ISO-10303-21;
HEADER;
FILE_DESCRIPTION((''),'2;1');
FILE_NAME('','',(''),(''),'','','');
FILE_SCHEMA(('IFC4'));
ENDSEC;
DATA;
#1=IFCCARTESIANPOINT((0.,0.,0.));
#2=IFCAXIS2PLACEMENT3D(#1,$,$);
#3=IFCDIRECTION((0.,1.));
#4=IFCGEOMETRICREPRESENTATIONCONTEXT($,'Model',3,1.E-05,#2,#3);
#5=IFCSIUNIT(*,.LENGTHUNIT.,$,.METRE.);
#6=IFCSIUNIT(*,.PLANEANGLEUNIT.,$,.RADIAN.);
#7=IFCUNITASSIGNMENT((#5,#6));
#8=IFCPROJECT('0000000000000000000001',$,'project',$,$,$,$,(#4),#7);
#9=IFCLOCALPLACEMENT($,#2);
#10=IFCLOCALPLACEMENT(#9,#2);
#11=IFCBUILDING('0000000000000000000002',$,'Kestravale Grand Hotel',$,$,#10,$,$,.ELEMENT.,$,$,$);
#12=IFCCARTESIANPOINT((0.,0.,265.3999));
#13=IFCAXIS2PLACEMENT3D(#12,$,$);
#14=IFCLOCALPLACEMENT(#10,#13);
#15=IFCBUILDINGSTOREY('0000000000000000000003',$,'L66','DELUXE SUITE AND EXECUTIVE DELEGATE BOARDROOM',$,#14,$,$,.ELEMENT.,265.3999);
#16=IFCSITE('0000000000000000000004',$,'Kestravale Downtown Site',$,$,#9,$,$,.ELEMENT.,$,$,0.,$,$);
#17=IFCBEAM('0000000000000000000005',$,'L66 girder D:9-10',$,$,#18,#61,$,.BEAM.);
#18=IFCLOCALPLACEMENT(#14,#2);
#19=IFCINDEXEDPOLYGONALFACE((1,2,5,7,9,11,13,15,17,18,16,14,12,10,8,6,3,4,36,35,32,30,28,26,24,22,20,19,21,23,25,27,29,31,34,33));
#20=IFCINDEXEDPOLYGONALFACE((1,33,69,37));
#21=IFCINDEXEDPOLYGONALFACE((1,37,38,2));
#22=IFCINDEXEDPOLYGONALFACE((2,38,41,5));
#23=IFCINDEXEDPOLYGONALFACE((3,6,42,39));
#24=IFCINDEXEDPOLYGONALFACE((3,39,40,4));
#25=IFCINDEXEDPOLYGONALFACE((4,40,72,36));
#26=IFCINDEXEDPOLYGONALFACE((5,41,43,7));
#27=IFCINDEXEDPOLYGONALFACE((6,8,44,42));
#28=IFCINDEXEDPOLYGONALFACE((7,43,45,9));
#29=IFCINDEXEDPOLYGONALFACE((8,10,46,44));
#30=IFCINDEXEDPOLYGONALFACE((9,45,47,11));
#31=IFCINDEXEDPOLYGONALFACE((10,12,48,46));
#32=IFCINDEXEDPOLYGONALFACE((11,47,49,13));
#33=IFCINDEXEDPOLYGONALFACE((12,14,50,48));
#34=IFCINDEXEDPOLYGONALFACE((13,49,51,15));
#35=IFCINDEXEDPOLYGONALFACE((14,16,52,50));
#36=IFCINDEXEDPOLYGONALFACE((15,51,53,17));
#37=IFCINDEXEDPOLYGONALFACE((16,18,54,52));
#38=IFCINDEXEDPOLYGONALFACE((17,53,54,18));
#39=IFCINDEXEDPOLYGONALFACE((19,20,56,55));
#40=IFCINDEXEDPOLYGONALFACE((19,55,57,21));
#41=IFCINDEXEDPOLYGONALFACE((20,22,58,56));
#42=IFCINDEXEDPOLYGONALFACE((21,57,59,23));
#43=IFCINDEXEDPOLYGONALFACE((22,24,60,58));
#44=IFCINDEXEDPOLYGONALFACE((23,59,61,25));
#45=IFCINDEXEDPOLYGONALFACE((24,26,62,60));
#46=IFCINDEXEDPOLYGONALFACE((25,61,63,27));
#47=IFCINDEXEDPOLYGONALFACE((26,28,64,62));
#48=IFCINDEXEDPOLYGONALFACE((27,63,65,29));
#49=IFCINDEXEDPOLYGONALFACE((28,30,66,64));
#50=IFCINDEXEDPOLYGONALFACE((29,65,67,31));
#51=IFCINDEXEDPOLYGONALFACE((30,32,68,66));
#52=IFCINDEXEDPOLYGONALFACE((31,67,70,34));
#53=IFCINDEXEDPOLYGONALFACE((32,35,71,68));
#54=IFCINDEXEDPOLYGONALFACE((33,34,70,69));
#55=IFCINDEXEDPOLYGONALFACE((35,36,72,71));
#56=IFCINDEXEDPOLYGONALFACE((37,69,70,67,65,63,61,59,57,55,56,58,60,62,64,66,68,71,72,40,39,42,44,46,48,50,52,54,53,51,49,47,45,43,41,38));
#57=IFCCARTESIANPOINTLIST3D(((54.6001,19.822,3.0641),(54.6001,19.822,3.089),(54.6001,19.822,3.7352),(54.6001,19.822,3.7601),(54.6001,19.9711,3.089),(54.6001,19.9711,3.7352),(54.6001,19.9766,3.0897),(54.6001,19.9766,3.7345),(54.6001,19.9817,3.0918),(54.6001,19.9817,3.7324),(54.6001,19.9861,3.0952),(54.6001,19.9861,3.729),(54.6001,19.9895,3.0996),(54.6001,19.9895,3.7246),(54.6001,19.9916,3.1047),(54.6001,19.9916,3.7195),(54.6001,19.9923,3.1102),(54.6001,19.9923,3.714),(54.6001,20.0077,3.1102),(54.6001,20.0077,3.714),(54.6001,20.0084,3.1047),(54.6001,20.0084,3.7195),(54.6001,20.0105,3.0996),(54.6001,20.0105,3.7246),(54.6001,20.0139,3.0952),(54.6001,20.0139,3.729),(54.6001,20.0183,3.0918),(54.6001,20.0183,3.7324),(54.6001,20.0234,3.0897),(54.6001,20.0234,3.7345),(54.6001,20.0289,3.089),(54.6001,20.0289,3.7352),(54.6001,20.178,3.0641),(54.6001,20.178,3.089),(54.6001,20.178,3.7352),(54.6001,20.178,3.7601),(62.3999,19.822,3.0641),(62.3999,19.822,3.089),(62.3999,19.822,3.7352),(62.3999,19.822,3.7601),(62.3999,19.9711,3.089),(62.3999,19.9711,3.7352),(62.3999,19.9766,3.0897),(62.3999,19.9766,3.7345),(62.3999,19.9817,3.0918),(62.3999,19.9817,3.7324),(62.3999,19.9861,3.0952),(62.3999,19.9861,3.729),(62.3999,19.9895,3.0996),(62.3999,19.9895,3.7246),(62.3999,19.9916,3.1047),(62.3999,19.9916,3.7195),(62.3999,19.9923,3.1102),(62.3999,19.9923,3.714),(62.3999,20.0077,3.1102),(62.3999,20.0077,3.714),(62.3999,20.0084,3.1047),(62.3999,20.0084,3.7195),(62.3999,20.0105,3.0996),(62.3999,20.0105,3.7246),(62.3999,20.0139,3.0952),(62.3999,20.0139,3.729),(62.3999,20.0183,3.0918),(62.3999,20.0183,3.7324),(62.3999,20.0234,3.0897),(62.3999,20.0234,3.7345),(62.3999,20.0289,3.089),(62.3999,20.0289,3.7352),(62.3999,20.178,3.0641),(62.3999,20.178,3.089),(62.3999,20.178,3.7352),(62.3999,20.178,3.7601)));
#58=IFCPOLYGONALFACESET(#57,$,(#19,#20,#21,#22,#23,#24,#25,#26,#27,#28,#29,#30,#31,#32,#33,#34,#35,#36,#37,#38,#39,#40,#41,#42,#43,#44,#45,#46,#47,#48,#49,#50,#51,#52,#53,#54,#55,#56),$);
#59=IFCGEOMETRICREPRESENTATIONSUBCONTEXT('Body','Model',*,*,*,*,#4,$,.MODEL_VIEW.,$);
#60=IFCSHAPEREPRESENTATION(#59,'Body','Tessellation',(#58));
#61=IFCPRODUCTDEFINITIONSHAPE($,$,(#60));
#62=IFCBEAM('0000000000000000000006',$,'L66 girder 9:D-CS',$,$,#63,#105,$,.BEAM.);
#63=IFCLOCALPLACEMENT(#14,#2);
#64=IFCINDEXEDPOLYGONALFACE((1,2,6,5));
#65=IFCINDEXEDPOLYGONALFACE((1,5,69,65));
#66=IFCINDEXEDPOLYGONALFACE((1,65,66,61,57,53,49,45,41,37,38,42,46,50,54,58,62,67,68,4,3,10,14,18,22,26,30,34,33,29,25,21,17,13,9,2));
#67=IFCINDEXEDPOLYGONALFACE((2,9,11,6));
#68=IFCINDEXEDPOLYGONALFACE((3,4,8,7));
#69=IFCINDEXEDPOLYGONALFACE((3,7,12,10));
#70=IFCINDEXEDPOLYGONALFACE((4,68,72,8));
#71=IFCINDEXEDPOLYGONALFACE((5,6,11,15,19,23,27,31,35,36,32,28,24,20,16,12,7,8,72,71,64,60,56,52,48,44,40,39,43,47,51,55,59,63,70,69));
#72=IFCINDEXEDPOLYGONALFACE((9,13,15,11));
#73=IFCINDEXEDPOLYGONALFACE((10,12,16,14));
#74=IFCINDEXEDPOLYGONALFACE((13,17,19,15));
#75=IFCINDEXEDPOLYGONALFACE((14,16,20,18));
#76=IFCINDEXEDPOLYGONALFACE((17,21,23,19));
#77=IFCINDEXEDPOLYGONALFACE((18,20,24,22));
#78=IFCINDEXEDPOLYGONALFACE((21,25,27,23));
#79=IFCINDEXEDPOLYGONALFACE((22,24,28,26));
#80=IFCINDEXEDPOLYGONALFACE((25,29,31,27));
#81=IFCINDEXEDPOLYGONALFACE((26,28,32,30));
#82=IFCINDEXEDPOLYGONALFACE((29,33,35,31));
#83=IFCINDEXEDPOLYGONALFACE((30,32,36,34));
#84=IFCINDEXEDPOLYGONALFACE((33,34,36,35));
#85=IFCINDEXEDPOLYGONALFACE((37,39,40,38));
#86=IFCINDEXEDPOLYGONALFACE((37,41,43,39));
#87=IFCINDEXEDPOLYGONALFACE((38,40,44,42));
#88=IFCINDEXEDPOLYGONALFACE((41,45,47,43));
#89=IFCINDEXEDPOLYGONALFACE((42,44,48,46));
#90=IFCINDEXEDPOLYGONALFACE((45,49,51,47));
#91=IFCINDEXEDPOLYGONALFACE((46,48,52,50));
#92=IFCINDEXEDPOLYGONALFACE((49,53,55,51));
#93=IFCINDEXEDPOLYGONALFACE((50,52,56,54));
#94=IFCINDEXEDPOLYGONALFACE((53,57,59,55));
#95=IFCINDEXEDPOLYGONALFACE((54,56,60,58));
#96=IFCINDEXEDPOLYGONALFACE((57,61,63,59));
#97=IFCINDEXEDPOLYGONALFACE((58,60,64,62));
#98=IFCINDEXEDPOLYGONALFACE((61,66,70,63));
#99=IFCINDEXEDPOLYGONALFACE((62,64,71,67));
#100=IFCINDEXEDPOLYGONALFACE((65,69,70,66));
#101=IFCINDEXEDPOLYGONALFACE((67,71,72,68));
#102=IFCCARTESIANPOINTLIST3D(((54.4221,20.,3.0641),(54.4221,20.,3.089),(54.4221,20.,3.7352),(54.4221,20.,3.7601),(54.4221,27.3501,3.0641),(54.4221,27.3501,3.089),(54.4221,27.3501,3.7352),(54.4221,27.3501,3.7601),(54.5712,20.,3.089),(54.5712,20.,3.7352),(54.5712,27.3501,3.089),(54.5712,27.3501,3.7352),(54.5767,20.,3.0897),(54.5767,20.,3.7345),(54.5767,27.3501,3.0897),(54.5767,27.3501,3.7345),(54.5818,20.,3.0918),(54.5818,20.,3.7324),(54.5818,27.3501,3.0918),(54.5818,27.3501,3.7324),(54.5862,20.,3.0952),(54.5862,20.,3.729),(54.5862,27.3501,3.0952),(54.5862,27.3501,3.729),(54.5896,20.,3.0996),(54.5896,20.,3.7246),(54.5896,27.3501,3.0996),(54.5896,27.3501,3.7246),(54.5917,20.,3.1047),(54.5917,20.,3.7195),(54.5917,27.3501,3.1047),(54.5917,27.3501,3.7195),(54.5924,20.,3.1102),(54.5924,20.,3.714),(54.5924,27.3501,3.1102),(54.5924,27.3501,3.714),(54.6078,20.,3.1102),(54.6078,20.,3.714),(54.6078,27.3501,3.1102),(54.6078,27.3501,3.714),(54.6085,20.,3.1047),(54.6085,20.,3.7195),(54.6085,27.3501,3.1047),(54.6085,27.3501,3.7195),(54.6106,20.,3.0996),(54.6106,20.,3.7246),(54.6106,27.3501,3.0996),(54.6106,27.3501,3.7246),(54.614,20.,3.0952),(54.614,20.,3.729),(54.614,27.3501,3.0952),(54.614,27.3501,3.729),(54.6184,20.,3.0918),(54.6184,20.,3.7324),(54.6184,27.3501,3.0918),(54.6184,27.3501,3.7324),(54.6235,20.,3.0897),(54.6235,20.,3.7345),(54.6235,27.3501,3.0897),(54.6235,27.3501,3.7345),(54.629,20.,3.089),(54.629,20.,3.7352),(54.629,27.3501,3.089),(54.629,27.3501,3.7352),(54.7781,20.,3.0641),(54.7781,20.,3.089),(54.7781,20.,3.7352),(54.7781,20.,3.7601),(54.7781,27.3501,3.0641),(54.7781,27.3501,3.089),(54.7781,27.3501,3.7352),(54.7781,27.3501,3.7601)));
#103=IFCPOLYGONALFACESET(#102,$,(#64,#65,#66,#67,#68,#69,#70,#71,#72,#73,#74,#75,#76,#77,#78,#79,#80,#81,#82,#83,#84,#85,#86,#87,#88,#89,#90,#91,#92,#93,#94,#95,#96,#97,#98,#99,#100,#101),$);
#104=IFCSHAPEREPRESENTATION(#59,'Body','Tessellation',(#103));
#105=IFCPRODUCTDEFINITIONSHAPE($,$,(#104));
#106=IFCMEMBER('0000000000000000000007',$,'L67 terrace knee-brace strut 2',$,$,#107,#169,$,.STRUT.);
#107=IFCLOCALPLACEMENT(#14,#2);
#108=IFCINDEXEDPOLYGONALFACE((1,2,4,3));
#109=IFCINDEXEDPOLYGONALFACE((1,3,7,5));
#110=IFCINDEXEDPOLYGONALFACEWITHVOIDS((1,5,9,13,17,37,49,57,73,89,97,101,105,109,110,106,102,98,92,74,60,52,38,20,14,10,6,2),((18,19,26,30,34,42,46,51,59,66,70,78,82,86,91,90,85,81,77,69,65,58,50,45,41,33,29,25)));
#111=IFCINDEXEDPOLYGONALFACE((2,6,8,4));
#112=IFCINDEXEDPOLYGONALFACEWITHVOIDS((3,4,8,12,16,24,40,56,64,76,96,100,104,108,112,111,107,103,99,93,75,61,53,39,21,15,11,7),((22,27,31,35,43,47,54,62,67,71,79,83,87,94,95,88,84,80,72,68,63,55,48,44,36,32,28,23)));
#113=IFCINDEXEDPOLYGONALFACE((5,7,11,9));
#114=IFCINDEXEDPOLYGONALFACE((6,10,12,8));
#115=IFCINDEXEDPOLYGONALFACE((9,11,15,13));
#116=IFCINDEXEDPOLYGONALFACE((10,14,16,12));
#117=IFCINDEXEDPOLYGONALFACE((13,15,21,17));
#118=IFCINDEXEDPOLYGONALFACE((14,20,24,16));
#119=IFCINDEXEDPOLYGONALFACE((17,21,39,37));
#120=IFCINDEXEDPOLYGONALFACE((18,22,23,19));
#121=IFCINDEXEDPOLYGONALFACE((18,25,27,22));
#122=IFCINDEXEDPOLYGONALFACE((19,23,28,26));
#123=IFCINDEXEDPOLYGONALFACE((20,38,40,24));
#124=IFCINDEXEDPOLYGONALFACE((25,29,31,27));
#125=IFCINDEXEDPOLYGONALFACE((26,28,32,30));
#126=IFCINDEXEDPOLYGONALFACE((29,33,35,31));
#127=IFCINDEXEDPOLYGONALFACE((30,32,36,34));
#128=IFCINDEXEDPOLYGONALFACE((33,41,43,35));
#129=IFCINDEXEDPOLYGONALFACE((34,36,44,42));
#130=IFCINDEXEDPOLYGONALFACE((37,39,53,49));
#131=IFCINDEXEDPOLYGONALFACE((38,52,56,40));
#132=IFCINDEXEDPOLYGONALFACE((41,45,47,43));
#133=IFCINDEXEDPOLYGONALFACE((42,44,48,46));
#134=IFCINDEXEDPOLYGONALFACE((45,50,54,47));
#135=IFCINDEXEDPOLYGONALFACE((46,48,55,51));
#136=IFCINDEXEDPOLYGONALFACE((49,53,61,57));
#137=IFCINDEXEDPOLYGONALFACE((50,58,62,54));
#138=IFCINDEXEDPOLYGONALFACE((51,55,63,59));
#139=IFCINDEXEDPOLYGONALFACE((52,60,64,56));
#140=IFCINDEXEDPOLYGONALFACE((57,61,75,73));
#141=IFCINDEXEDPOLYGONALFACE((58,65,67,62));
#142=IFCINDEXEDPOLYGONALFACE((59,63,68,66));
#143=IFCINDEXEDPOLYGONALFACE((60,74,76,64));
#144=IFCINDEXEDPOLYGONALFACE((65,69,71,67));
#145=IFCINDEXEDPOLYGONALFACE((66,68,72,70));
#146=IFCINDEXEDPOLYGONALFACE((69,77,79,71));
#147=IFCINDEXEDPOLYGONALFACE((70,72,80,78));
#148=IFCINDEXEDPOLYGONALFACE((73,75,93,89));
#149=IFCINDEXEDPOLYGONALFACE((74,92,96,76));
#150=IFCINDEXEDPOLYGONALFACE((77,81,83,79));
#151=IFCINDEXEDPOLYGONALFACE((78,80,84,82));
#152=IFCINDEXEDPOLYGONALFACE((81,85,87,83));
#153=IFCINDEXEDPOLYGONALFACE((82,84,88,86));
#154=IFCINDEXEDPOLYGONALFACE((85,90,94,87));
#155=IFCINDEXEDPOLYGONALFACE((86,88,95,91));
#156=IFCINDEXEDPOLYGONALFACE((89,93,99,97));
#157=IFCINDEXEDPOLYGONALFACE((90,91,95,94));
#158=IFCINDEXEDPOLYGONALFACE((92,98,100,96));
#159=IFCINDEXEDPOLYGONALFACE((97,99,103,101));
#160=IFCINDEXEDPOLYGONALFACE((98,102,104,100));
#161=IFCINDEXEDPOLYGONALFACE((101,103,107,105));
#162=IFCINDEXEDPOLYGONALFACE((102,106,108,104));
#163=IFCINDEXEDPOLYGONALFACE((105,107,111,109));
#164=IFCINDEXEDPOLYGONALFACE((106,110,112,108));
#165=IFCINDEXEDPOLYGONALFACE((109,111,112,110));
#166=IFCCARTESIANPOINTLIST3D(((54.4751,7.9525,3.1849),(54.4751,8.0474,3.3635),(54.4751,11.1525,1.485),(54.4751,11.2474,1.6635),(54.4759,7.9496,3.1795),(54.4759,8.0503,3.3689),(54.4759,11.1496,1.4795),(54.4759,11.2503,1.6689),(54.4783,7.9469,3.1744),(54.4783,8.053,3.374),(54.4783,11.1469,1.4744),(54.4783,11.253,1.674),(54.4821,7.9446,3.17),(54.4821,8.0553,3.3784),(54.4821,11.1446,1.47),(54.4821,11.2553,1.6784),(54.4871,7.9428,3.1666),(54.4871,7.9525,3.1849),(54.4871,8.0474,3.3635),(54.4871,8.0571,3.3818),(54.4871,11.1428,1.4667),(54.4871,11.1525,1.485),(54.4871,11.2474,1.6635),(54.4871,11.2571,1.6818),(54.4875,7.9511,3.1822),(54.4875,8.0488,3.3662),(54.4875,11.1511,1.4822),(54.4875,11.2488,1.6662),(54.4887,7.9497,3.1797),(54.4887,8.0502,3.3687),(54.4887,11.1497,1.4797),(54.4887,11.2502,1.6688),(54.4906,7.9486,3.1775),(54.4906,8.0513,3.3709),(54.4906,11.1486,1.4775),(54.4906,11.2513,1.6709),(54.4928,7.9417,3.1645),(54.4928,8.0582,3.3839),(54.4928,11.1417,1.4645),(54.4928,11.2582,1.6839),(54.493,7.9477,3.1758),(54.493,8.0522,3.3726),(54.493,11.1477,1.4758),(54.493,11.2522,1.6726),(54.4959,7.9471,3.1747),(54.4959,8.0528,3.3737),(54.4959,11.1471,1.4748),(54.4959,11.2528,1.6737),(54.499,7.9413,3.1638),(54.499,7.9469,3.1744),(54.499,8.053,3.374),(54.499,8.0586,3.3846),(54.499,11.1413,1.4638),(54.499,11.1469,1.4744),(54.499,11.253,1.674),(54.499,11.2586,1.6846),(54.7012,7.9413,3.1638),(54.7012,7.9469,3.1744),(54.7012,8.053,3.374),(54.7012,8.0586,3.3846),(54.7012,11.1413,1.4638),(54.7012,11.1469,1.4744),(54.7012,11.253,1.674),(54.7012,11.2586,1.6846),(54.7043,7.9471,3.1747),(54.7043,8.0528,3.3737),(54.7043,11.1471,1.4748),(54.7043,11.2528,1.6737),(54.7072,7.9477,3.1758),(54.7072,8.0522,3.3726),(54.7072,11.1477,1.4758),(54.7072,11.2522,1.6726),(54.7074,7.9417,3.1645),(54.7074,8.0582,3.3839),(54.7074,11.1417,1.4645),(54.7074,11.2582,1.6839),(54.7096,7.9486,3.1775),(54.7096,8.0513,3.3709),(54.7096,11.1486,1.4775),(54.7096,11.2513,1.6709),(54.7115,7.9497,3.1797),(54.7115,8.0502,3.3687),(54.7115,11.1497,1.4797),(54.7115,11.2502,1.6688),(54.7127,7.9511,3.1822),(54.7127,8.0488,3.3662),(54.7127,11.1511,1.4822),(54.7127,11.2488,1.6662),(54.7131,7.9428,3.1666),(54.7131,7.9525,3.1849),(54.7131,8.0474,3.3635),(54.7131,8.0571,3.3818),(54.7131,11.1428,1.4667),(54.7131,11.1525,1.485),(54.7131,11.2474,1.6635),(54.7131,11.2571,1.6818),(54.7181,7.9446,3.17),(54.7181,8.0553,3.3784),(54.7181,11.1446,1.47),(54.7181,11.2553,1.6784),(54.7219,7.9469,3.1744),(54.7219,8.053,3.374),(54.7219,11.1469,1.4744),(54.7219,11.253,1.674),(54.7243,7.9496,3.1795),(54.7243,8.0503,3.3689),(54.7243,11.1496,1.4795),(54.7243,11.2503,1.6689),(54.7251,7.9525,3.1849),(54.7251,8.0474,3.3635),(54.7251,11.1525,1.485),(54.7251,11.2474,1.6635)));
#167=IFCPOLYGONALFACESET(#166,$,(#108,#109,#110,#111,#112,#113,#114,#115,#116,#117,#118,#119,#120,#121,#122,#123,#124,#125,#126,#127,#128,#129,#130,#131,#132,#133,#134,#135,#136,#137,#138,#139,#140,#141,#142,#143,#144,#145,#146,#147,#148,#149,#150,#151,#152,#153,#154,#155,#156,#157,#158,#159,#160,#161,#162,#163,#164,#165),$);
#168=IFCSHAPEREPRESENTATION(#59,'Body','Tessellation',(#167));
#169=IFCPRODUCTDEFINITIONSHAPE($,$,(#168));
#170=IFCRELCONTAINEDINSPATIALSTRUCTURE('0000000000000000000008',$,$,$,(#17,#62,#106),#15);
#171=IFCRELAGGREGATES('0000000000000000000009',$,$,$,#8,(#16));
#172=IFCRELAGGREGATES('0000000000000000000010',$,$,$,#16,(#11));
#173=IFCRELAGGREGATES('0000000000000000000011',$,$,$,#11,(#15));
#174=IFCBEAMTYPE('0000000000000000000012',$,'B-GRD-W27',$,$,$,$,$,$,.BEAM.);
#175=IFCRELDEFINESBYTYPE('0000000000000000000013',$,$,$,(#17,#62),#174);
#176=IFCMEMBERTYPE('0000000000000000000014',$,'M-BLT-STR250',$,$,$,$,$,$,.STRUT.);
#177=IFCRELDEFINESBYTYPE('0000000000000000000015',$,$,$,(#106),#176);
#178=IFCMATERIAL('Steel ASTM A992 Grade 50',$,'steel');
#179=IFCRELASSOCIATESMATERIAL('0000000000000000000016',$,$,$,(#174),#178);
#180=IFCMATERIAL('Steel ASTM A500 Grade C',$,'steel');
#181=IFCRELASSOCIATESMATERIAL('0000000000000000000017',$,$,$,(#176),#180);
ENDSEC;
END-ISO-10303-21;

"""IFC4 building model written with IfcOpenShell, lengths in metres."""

from ifc_helpers import new_model, si_unit, direction, frame, origin, origin_2d, place, context, subcontext, project, spatial, hollow_rectangle, i_section, extrude, material, material_profile, profile_set, type_object, element, save


model = new_model("IFC4")

# Units and contexts
model_context = context("Model", 3, precision=1e-05, world=origin(), true_north=direction((0.0, 1.0)))
body_context = subcontext(model_context, "Body", "Model", "MODEL_VIEW")
ifc_project = project(units=[si_unit("LENGTHUNIT", "METRE"), si_unit("PLANEANGLEUNIT", "RADIAN")], contexts=[model_context])

# Site, building, storey
site_placement = place(None, origin())
site = spatial("IfcSite", under=ifc_project, at=site_placement, Name="Kestravale Downtown Site", CompositionType="ELEMENT", RefElevation=0.0)
building_placement = place(site_placement, origin())
building = spatial("IfcBuilding", under=site, at=building_placement, Name="Kestravale Grand Hotel", CompositionType="ELEMENT")
storey_placement = place(building_placement, frame((0.0, 0.0, 265.3999)))
storey = spatial("IfcBuildingStorey", under=building, at=storey_placement, Name="L66", Description="DELUXE SUITE AND EXECUTIVE DELEGATE BOARDROOM", CompositionType="ELEMENT", Elevation=265.3999)

# Beams
ifc_material_1 = material(Name="Steel ASTM A992 Grade 50", Category="steel")
ifc_material_profile_1 = material_profile(ifc_material_1, i_section(OverallWidth=0.356, OverallDepth=0.696, WebThickness=0.0154, FlangeThickness=0.0249, FilletRadius=0.0212, at=origin_2d()))
ifc_profile_set_1 = profile_set([ifc_material_profile_1], Name="Steel ASTM A992 Grade 50")
beam_type_1 = type_object("IfcBeamType", Name="B-GRD-W27", PredefinedType="BEAM", material=ifc_profile_set_1)
beam_1_placement = place(storey_placement, frame((54.6001, 20.0, 3.4121), z_axis=(1.0, 0.0, 0.0), x_axis=(0.0, 1.0, 0.0)))
element("IfcBeam", 1, at=beam_1_placement, inside=storey, type_object=beam_type_1, Name="L66 girder D:9-10", PredefinedType="BEAM", context=body_context, shape_type="SweptSolid", body=[
    extrude(i_section(OverallWidth=0.356, OverallDepth=0.696, WebThickness=0.0154, FlangeThickness=0.0249, FilletRadius=0.0212, at=origin_2d()), origin(), (0.0, 0.0, 1.0), 7.7998),
])
beam_2_placement = place(storey_placement, frame((54.6001, 20.0, 3.4121), z_axis=(0.0, 1.0, 0.0), x_axis=(-1.0, 0.0, 0.0)))
element("IfcBeam", 2, at=beam_2_placement, inside=storey, type_object=beam_type_1, Name="L66 girder 9:D-CS", PredefinedType="BEAM", context=body_context, shape_type="SweptSolid", body=[
    extrude(i_section(OverallWidth=0.356, OverallDepth=0.696, WebThickness=0.0154, FlangeThickness=0.0249, FilletRadius=0.0212, at=origin_2d()), origin(), (0.0, 0.0, 1.0), 7.3501),
])

# Member
ifc_material_2 = material(Name="Steel ASTM A500 Grade C", Category="steel")
ifc_material_profile_2 = material_profile(ifc_material_2, hollow_rectangle(XDim=0.25, YDim=0.25, WallThickness=0.012, InnerFilletRadius=0.012, OuterFilletRadius=0.0239, at=origin_2d()))
ifc_profile_set_2 = profile_set([ifc_material_profile_2], Name="Steel ASTM A500 Grade C")
member_type = type_object("IfcMemberType", Name="M-BLT-STR250", PredefinedType="STRUT", material=ifc_profile_set_2)
member_placement = place(storey_placement, frame((54.6001, 11.2, 1.5742), z_axis=(0.0, -0.883118, 0.46915), x_axis=(1.0, 0.0, 0.0)))
element("IfcMember", 3, at=member_placement, inside=storey, type_object=member_type, Name="L67 terrace knee-brace strut 2", PredefinedType="STRUT", context=body_context, shape_type="SweptSolid", body=[
    extrude(hollow_rectangle(XDim=0.25, YDim=0.25, WallThickness=0.012, InnerFilletRadius=0.012, OuterFilletRadius=0.0239, at=origin_2d()), origin(), (0.0, 0.0, 1.0), 3.6235),
])

save(model, "model.ifc")
